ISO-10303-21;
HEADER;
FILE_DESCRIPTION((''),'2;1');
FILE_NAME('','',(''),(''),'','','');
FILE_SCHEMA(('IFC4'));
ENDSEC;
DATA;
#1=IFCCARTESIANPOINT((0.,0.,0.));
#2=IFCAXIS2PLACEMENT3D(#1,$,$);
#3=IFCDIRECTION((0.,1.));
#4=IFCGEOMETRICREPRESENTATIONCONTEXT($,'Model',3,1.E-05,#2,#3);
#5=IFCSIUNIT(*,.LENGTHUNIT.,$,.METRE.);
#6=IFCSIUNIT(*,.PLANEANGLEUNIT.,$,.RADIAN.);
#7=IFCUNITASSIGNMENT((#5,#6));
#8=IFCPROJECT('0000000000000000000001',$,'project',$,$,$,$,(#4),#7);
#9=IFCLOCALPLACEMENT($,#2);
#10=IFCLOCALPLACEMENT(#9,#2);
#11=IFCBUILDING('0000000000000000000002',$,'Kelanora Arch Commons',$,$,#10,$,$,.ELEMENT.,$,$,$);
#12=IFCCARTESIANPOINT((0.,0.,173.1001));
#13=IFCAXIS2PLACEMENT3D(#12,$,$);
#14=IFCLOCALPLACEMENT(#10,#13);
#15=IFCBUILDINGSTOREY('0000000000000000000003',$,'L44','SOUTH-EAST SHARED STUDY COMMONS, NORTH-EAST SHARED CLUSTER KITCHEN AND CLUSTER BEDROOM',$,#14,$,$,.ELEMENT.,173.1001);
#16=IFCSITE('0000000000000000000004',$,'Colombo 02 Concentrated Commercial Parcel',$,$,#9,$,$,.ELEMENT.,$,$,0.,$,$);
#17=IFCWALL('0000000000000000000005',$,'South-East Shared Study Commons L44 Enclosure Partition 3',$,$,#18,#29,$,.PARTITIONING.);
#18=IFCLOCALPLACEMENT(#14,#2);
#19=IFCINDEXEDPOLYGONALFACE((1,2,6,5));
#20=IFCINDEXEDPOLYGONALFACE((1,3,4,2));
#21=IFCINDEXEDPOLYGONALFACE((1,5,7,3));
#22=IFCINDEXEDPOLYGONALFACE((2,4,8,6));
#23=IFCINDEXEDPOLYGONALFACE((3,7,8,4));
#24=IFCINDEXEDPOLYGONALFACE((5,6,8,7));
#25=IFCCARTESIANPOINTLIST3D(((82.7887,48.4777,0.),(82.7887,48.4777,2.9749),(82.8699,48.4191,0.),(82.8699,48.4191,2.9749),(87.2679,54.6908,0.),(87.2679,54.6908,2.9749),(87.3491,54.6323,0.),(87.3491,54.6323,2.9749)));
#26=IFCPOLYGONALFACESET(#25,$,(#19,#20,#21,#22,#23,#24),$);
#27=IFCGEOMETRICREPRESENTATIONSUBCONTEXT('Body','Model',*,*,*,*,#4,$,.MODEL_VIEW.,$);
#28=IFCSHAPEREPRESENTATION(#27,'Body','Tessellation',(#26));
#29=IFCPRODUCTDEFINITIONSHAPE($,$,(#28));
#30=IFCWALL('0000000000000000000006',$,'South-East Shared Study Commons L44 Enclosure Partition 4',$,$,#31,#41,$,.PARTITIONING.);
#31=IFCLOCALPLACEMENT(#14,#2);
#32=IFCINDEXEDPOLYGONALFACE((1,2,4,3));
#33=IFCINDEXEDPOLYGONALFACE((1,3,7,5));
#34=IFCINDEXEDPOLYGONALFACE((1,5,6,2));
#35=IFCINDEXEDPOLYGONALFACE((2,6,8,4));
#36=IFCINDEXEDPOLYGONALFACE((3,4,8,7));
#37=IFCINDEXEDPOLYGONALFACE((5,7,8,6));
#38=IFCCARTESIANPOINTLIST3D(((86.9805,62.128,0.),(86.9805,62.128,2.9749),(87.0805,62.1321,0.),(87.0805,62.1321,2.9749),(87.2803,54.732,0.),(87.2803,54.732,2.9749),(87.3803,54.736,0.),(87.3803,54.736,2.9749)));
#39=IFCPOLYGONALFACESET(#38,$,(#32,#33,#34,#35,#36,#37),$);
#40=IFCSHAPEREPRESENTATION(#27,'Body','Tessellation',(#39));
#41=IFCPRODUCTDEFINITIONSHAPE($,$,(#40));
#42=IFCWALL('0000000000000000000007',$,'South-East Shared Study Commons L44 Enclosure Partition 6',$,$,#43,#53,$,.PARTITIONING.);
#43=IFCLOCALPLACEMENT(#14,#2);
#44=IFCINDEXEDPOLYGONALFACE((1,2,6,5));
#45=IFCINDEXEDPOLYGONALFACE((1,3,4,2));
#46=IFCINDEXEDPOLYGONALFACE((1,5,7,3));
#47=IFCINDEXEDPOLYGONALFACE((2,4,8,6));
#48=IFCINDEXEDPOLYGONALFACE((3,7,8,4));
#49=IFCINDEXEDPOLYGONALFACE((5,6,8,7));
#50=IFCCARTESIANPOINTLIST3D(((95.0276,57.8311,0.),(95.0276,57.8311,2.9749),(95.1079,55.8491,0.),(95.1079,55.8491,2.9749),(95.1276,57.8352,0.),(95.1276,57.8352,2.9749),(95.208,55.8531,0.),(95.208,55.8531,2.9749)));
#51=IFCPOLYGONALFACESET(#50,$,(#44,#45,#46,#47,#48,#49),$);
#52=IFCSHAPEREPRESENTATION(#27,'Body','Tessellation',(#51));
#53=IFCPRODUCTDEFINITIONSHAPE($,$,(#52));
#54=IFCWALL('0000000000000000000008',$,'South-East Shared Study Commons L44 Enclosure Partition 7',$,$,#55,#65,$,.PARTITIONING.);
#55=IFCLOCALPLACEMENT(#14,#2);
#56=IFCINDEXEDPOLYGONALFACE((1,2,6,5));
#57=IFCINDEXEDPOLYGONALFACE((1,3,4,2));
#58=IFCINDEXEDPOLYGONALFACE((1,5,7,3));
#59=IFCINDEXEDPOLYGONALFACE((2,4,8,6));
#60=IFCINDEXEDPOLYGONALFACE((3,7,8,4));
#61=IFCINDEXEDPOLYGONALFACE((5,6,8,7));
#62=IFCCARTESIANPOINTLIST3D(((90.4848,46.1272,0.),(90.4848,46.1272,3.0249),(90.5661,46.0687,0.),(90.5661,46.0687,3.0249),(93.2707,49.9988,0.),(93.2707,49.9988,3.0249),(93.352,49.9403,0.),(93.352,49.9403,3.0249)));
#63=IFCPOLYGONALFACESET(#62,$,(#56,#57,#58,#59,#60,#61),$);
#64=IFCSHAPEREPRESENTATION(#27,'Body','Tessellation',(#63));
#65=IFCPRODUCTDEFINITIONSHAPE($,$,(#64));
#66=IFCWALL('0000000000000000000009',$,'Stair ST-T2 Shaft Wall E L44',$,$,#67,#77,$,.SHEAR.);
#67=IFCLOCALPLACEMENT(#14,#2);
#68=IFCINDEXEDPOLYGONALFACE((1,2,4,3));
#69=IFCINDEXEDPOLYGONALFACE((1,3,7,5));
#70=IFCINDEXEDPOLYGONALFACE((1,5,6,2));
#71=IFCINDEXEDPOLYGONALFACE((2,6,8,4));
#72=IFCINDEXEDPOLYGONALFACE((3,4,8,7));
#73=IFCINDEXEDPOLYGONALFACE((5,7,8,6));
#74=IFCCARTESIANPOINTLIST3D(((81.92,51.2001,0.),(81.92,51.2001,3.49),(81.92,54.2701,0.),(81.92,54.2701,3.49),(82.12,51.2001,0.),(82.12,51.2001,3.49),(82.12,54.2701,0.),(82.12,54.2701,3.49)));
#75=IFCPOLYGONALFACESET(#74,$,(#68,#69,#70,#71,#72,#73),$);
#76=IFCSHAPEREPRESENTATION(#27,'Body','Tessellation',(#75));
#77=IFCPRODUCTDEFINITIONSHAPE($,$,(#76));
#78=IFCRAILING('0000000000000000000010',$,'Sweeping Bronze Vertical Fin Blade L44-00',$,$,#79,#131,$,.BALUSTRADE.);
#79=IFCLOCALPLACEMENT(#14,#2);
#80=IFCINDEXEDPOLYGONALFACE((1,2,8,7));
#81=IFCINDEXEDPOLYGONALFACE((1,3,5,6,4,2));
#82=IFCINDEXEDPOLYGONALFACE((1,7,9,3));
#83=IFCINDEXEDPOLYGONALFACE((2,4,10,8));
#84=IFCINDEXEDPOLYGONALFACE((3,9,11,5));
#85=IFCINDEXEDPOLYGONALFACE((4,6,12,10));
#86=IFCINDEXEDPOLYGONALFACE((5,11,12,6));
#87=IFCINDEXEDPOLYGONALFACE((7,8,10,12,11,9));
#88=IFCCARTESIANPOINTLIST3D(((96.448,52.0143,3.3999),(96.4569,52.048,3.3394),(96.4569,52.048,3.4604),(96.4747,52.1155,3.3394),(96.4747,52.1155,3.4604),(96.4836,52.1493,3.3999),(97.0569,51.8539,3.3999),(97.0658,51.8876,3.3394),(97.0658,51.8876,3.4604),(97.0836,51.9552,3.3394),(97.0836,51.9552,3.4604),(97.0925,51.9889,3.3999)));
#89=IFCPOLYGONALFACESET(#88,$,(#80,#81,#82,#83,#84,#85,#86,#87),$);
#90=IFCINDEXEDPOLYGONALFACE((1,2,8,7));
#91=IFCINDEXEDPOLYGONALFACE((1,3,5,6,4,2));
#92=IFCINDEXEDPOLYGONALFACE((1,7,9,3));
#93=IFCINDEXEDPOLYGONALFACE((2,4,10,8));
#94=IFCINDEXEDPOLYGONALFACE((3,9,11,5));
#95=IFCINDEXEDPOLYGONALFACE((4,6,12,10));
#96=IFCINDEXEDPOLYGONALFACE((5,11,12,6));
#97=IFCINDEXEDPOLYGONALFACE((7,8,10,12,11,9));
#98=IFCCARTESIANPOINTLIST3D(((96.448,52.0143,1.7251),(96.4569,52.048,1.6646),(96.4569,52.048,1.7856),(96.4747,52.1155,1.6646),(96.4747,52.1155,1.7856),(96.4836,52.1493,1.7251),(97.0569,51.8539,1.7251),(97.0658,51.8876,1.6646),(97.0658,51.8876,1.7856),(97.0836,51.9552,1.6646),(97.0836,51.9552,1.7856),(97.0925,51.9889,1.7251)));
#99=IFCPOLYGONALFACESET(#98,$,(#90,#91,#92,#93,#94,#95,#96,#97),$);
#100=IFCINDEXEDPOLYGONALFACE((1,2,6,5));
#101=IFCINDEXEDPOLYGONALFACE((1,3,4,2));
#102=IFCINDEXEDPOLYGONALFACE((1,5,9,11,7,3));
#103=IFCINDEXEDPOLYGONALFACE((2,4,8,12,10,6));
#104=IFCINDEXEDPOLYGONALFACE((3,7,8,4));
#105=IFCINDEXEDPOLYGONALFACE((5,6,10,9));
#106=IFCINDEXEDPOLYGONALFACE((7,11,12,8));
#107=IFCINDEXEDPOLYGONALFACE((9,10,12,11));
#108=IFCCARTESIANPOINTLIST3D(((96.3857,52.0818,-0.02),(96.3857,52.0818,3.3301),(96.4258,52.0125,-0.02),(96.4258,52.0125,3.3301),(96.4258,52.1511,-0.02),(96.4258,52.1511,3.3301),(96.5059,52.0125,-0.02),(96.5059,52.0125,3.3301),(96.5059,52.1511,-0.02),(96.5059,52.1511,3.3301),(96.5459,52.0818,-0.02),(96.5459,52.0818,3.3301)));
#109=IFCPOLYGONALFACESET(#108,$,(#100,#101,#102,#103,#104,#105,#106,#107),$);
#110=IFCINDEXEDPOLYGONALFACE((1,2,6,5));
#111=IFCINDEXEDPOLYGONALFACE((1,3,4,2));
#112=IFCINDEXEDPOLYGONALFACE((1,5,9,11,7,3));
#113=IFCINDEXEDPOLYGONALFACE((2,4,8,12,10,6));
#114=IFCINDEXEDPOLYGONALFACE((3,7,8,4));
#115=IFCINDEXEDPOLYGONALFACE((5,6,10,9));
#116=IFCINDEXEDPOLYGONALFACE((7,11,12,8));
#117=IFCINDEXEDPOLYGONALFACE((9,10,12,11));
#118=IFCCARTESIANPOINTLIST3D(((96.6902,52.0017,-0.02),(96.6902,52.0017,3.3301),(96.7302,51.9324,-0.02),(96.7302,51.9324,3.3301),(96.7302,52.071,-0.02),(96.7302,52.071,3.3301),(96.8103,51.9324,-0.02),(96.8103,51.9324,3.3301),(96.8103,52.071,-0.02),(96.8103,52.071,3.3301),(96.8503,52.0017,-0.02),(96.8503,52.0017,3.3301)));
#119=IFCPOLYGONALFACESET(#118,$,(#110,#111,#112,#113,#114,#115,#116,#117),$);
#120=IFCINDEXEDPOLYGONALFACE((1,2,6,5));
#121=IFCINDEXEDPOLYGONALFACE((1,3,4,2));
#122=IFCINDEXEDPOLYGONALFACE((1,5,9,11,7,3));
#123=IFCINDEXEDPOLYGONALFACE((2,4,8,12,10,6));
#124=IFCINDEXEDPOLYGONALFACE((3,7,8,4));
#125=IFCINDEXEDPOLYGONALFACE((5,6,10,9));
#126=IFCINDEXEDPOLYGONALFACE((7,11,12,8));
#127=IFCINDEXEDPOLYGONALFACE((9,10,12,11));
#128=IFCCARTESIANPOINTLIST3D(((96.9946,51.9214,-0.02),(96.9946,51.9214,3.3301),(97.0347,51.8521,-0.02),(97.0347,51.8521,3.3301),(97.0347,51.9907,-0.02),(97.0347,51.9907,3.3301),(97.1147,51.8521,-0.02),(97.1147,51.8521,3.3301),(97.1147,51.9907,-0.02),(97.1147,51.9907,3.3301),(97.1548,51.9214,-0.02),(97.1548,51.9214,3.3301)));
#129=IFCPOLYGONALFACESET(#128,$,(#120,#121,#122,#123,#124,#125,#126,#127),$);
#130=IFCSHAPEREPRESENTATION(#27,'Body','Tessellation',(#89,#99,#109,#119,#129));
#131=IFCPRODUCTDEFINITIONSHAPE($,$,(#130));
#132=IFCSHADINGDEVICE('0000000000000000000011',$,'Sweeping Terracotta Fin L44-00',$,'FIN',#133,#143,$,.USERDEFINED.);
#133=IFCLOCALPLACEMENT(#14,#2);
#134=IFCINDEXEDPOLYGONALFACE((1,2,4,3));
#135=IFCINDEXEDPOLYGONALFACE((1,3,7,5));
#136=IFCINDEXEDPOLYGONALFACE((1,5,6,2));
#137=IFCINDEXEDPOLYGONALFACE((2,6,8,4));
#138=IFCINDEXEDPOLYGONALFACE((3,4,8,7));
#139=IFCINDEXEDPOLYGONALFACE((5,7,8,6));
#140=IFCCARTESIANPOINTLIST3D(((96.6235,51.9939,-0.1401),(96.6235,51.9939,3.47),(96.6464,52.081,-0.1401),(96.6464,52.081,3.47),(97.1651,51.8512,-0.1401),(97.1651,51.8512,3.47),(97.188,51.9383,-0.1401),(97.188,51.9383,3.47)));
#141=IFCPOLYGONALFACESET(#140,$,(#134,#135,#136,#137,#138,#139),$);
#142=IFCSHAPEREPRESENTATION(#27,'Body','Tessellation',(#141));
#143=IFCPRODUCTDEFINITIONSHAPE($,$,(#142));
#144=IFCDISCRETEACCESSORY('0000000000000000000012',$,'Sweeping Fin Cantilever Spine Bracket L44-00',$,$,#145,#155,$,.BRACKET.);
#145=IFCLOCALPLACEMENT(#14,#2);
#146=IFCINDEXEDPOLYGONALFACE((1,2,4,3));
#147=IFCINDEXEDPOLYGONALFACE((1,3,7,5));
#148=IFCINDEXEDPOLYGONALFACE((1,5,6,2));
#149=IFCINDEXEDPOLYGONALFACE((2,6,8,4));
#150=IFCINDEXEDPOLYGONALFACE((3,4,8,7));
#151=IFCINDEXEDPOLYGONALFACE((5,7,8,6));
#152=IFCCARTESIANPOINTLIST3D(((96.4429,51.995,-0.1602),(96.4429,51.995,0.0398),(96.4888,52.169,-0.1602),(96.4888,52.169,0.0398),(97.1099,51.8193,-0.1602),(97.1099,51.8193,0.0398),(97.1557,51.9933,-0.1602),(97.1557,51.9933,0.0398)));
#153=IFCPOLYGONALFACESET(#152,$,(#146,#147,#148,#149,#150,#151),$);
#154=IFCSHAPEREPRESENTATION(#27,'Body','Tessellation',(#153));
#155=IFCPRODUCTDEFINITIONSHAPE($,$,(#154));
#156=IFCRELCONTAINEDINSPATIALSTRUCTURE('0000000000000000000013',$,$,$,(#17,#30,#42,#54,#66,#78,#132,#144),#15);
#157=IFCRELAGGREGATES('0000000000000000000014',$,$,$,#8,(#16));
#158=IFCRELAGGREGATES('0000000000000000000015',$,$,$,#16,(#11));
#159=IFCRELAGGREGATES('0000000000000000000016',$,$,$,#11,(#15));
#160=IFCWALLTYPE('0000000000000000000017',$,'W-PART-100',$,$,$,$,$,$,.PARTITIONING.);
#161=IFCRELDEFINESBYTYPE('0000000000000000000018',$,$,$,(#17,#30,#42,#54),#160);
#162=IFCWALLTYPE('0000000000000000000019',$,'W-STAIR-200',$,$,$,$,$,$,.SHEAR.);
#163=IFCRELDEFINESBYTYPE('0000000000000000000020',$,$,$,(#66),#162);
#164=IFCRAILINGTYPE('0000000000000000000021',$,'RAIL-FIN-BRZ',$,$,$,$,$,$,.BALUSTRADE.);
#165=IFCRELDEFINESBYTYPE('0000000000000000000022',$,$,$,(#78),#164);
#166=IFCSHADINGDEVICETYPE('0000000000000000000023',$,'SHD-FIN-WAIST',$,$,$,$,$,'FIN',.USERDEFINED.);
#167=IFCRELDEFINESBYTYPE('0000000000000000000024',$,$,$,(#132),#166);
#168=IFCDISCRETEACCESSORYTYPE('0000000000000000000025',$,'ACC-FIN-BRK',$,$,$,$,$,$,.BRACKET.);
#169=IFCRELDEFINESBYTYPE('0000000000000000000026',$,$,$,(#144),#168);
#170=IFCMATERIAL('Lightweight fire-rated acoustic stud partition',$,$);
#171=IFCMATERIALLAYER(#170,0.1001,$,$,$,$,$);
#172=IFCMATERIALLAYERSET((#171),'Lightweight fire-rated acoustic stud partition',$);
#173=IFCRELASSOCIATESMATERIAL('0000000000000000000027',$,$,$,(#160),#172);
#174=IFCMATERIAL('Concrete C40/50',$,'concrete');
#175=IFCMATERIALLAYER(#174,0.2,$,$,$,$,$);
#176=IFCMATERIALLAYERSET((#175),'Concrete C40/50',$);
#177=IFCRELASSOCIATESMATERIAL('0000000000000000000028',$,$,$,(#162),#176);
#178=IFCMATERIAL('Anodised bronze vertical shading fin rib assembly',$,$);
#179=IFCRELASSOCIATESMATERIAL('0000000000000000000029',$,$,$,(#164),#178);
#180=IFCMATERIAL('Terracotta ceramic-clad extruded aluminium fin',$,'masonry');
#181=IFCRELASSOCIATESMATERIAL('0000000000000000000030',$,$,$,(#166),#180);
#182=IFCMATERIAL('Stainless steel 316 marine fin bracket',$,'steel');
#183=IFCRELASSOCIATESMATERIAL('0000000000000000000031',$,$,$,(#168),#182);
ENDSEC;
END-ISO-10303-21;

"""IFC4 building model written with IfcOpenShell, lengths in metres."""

from ifc_helpers import new_model, si_unit, direction, frame, frame_2d, origin, origin_2d, place, context, subcontext, project, spatial, polyline, rectangle, outline, extrude, source, transform, mapped, material, layer, layer_set, type_object, element, save


model = new_model("IFC4")

# Units and contexts
model_context = context("Model", 3, precision=1e-05, world=origin(), true_north=direction((0.0, 1.0)))
body_context = subcontext(model_context, "Body", "Model", "MODEL_VIEW")
ifc_project = project(units=[si_unit("LENGTHUNIT", "METRE"), si_unit("PLANEANGLEUNIT", "RADIAN")], contexts=[model_context])

# Site, building, storey
site_placement = place(None, origin())
site = spatial("IfcSite", under=ifc_project, at=site_placement, Name="Colombo 02 Concentrated Commercial Parcel", CompositionType="ELEMENT", RefElevation=0.0)
building_placement = place(site_placement, origin())
building = spatial("IfcBuilding", under=site, at=building_placement, Name="Kelanora Arch Commons", CompositionType="ELEMENT")
storey_placement = place(building_placement, frame((0.0, 0.0, 173.1001)))
storey = spatial("IfcBuildingStorey", under=building, at=storey_placement, Name="L44", Description="SOUTH-EAST SHARED STUDY COMMONS, NORTH-EAST SHARED CLUSTER KITCHEN AND CLUSTER BEDROOM", CompositionType="ELEMENT", Elevation=173.1001)

# Walls
ifc_material_1 = material(Name="Lightweight fire-rated acoustic stud partition")
ifc_layer_1 = layer(ifc_material_1, 0.1001)
ifc_layer_set_1 = layer_set([ifc_layer_1], Name="Lightweight fire-rated acoustic stud partition")
wall_type_1 = type_object("IfcWallType", Name="W-PART-100", PredefinedType="PARTITIONING", material=ifc_layer_set_1)
wall_1_placement = place(storey_placement, frame((82.8293, 48.4485, 0.0), z_axis=(0.0, 0.0, 1.0), x_axis=(0.584803, 0.811176, 0.0)))
element("IfcWall", 1, at=wall_1_placement, inside=storey, type_object=wall_type_1, Name="South-East Shared Study Commons L44 Enclosure Partition 3", PredefinedType="PARTITIONING", context=body_context, shape_type="SweptSolid", body=[
    extrude(rectangle(XDim=7.6594, YDim=0.1001, at=frame_2d((3.8296, 0.0))), origin(), (0.0, 0.0, 1.0), 2.9749),
])
wall_2_placement = place(storey_placement, frame((87.3303, 54.7339, 0.0), z_axis=(0.0, 0.0, 1.0), x_axis=(-0.040503, 0.999179, 0.0)))
element("IfcWall", 2, at=wall_2_placement, inside=storey, type_object=wall_type_1, Name="South-East Shared Study Commons L44 Enclosure Partition 4", PredefinedType="PARTITIONING", context=body_context, shape_type="SweptSolid", body=[
    extrude(rectangle(XDim=7.4021, YDim=0.1001, at=frame_2d((3.7012, 0.0))), origin(), (0.0, 0.0, 1.0), 2.9749),
])
wall_3_placement = place(storey_placement, frame((95.0776, 57.833, 0.0), z_axis=(0.0, 0.0, 1.0), x_axis=(0.040494, -0.99918, 0.0)))
element("IfcWall", 3, at=wall_3_placement, inside=storey, type_object=wall_type_1, Name="South-East Shared Study Commons L44 Enclosure Partition 6", PredefinedType="PARTITIONING", context=body_context, shape_type="SweptSolid", body=[
    extrude(rectangle(XDim=1.9836, YDim=0.1001, at=frame_2d((0.9917, 0.0))), origin(), (0.0, 0.0, 1.0), 2.9749),
])
wall_4_placement = place(storey_placement, frame((93.3113, 49.9695, 0.0), z_axis=(0.0, 0.0, 1.0), x_axis=(-0.584077, -0.811698, 0.0)))
element("IfcWall", 4, at=wall_4_placement, inside=storey, type_object=wall_type_1, Name="South-East Shared Study Commons L44 Enclosure Partition 7", PredefinedType="PARTITIONING", context=body_context, shape_type="SweptSolid", body=[
    extrude(rectangle(XDim=4.7698, YDim=0.1001, at=frame_2d((2.3848, 0.0))), origin(), (0.0, 0.0, 1.0), 3.0249),
])
ifc_material_2 = material(Name="Concrete C40/50", Category="concrete")
ifc_layer_2 = layer(ifc_material_2, 0.2)
ifc_layer_set_2 = layer_set([ifc_layer_2], Name="Concrete C40/50")
wall_type_2 = type_object("IfcWallType", Name="W-STAIR-200", PredefinedType="SHEAR", material=ifc_layer_set_2)
wall_5_placement = place(storey_placement, frame((82.02, 51.2, 0.0), z_axis=(0.0, 0.0, 1.0), x_axis=(0.0, 1.0, 0.0)))
element("IfcWall", 5, at=wall_5_placement, inside=storey, type_object=wall_type_2, Name="Stair ST-T2 Shaft Wall E L44", PredefinedType="SHEAR", context=body_context, shape_type="SweptSolid", body=[
    extrude(rectangle(XDim=3.0701, YDim=0.2, at=frame_2d((1.5352, 0.0))), origin(), (0.0, 0.0, 1.0), 3.49),
])

# Railing
ifc_material_3 = material(Name="Anodised bronze vertical shading fin rib assembly")
railing_type = type_object("IfcRailingType", Name="RAIL-FIN-BRZ", PredefinedType="BALUSTRADE", material=ifc_material_3)
railing_placement = place(storey_placement, frame((96.4658, 52.0818, -0.02)))
element("IfcRailing", 6, at=railing_placement, inside=storey, type_object=railing_type, Name="Sweeping Bronze Vertical Fin Blade L44-00", PredefinedType="BALUSTRADE", context=body_context, shape_type="SweptSolid", body=[
    extrude(outline(polyline([(0.0698, 0.0), (0.0349, 0.0605), (-0.0349, 0.0605), (-0.0698, 0.0), (-0.0349, -0.0605), (0.0349, -0.0605), (0.0698, 0.0)])), frame((0.0, 0.0, 3.4199), z_axis=(0.967009, -0.254741, 0.0), x_axis=(0.254741, 0.967009, 0.0)), (0.0, 0.0, 1.0), 0.6296),
    extrude(outline(polyline([(0.0698, 0.0), (0.0349, 0.0605), (-0.0349, 0.0605), (-0.0698, 0.0), (-0.0349, -0.0605), (0.0349, -0.0605), (0.0698, 0.0)])), frame((0.0, 0.0, 1.7451), z_axis=(0.967009, -0.254741, 0.0), x_axis=(0.254741, 0.967009, 0.0)), (0.0, 0.0, 1.0), 0.6296),
    extrude(outline(polyline([(0.0801, 0.0), (0.04, 0.0693), (-0.04, 0.0693), (-0.0801, 0.0), (-0.04, -0.0693), (0.04, -0.0693), (0.0801, 0.0)])), origin(), (0.0, 0.0, 1.0), 3.3501),
    extrude(outline(polyline([(0.0801, 0.0), (0.04, 0.0693), (-0.04, 0.0693), (-0.0801, 0.0), (-0.04, -0.0693), (0.04, -0.0693), (0.0801, 0.0)])), frame((0.3044, -0.0801, 0.0)), (0.0, 0.0, 1.0), 3.3501),
    extrude(outline(polyline([(0.0801, 0.0), (0.04, 0.0693), (-0.04, 0.0693), (-0.0801, 0.0), (-0.04, -0.0693), (0.04, -0.0693), (0.0801, 0.0)])), frame((0.6089, -0.1604, 0.0)), (0.0, 0.0, 1.0), 3.3501),
])

# Shading device
ifc_material_4 = material(Name="Terracotta ceramic-clad extruded aluminium fin", Category="masonry")
shading_device_type = type_object("IfcShadingDeviceType", Name="SHD-FIN-WAIST", ElementType="FIN", PredefinedType="USERDEFINED", material=ifc_material_4)
shared_shape_1 = source(origin(), body_context, "Body", "SweptSolid", [
    extrude(rectangle(XDim=0.5601, YDim=0.0901, at=origin_2d()), origin(), (0.0, 0.0, 1.0), 3.6101),
])
shading_device_placement = place(storey_placement, frame((96.9058, 51.9661, -0.1401), z_axis=(0.0, 0.0, 1.0), x_axis=(0.967001, -0.254771, 0.0)))
element("IfcShadingDevice", 7, at=shading_device_placement, inside=storey, type_object=shading_device_type, Name="Sweeping Terracotta Fin L44-00", ObjectType="FIN", PredefinedType="USERDEFINED", context=body_context, shape_type="MappedRepresentation", body=[
    mapped(shared_shape_1, transform((0.0, 0.0, 0.0), scale=1.0)),
])

# Discrete accessory
ifc_material_5 = material(Name="Stainless steel 316 marine fin bracket", Category="steel")
discrete_accessory_type = type_object("IfcDiscreteAccessoryType", Name="ACC-FIN-BRK", PredefinedType="BRACKET", material=ifc_material_5)
shared_shape_2 = source(origin(), body_context, "Body", "SweptSolid", [
    extrude(rectangle(XDim=0.6897, YDim=0.1799, at=origin_2d()), origin(), (0.0, 0.0, 1.0), 0.2),
])
discrete_accessory_placement = place(storey_placement, frame((96.7993, 51.9941, -0.1602), z_axis=(0.0, 0.0, 1.0), x_axis=(0.967001, -0.254771, 0.0)))
element("IfcDiscreteAccessory", 8, at=discrete_accessory_placement, inside=storey, type_object=discrete_accessory_type, Name="Sweeping Fin Cantilever Spine Bracket L44-00", PredefinedType="BRACKET", context=body_context, shape_type="MappedRepresentation", body=[
    mapped(shared_shape_2, transform((0.0, 0.0, 0.0), scale=1.0)),
])

save(model, "model.ifc")
